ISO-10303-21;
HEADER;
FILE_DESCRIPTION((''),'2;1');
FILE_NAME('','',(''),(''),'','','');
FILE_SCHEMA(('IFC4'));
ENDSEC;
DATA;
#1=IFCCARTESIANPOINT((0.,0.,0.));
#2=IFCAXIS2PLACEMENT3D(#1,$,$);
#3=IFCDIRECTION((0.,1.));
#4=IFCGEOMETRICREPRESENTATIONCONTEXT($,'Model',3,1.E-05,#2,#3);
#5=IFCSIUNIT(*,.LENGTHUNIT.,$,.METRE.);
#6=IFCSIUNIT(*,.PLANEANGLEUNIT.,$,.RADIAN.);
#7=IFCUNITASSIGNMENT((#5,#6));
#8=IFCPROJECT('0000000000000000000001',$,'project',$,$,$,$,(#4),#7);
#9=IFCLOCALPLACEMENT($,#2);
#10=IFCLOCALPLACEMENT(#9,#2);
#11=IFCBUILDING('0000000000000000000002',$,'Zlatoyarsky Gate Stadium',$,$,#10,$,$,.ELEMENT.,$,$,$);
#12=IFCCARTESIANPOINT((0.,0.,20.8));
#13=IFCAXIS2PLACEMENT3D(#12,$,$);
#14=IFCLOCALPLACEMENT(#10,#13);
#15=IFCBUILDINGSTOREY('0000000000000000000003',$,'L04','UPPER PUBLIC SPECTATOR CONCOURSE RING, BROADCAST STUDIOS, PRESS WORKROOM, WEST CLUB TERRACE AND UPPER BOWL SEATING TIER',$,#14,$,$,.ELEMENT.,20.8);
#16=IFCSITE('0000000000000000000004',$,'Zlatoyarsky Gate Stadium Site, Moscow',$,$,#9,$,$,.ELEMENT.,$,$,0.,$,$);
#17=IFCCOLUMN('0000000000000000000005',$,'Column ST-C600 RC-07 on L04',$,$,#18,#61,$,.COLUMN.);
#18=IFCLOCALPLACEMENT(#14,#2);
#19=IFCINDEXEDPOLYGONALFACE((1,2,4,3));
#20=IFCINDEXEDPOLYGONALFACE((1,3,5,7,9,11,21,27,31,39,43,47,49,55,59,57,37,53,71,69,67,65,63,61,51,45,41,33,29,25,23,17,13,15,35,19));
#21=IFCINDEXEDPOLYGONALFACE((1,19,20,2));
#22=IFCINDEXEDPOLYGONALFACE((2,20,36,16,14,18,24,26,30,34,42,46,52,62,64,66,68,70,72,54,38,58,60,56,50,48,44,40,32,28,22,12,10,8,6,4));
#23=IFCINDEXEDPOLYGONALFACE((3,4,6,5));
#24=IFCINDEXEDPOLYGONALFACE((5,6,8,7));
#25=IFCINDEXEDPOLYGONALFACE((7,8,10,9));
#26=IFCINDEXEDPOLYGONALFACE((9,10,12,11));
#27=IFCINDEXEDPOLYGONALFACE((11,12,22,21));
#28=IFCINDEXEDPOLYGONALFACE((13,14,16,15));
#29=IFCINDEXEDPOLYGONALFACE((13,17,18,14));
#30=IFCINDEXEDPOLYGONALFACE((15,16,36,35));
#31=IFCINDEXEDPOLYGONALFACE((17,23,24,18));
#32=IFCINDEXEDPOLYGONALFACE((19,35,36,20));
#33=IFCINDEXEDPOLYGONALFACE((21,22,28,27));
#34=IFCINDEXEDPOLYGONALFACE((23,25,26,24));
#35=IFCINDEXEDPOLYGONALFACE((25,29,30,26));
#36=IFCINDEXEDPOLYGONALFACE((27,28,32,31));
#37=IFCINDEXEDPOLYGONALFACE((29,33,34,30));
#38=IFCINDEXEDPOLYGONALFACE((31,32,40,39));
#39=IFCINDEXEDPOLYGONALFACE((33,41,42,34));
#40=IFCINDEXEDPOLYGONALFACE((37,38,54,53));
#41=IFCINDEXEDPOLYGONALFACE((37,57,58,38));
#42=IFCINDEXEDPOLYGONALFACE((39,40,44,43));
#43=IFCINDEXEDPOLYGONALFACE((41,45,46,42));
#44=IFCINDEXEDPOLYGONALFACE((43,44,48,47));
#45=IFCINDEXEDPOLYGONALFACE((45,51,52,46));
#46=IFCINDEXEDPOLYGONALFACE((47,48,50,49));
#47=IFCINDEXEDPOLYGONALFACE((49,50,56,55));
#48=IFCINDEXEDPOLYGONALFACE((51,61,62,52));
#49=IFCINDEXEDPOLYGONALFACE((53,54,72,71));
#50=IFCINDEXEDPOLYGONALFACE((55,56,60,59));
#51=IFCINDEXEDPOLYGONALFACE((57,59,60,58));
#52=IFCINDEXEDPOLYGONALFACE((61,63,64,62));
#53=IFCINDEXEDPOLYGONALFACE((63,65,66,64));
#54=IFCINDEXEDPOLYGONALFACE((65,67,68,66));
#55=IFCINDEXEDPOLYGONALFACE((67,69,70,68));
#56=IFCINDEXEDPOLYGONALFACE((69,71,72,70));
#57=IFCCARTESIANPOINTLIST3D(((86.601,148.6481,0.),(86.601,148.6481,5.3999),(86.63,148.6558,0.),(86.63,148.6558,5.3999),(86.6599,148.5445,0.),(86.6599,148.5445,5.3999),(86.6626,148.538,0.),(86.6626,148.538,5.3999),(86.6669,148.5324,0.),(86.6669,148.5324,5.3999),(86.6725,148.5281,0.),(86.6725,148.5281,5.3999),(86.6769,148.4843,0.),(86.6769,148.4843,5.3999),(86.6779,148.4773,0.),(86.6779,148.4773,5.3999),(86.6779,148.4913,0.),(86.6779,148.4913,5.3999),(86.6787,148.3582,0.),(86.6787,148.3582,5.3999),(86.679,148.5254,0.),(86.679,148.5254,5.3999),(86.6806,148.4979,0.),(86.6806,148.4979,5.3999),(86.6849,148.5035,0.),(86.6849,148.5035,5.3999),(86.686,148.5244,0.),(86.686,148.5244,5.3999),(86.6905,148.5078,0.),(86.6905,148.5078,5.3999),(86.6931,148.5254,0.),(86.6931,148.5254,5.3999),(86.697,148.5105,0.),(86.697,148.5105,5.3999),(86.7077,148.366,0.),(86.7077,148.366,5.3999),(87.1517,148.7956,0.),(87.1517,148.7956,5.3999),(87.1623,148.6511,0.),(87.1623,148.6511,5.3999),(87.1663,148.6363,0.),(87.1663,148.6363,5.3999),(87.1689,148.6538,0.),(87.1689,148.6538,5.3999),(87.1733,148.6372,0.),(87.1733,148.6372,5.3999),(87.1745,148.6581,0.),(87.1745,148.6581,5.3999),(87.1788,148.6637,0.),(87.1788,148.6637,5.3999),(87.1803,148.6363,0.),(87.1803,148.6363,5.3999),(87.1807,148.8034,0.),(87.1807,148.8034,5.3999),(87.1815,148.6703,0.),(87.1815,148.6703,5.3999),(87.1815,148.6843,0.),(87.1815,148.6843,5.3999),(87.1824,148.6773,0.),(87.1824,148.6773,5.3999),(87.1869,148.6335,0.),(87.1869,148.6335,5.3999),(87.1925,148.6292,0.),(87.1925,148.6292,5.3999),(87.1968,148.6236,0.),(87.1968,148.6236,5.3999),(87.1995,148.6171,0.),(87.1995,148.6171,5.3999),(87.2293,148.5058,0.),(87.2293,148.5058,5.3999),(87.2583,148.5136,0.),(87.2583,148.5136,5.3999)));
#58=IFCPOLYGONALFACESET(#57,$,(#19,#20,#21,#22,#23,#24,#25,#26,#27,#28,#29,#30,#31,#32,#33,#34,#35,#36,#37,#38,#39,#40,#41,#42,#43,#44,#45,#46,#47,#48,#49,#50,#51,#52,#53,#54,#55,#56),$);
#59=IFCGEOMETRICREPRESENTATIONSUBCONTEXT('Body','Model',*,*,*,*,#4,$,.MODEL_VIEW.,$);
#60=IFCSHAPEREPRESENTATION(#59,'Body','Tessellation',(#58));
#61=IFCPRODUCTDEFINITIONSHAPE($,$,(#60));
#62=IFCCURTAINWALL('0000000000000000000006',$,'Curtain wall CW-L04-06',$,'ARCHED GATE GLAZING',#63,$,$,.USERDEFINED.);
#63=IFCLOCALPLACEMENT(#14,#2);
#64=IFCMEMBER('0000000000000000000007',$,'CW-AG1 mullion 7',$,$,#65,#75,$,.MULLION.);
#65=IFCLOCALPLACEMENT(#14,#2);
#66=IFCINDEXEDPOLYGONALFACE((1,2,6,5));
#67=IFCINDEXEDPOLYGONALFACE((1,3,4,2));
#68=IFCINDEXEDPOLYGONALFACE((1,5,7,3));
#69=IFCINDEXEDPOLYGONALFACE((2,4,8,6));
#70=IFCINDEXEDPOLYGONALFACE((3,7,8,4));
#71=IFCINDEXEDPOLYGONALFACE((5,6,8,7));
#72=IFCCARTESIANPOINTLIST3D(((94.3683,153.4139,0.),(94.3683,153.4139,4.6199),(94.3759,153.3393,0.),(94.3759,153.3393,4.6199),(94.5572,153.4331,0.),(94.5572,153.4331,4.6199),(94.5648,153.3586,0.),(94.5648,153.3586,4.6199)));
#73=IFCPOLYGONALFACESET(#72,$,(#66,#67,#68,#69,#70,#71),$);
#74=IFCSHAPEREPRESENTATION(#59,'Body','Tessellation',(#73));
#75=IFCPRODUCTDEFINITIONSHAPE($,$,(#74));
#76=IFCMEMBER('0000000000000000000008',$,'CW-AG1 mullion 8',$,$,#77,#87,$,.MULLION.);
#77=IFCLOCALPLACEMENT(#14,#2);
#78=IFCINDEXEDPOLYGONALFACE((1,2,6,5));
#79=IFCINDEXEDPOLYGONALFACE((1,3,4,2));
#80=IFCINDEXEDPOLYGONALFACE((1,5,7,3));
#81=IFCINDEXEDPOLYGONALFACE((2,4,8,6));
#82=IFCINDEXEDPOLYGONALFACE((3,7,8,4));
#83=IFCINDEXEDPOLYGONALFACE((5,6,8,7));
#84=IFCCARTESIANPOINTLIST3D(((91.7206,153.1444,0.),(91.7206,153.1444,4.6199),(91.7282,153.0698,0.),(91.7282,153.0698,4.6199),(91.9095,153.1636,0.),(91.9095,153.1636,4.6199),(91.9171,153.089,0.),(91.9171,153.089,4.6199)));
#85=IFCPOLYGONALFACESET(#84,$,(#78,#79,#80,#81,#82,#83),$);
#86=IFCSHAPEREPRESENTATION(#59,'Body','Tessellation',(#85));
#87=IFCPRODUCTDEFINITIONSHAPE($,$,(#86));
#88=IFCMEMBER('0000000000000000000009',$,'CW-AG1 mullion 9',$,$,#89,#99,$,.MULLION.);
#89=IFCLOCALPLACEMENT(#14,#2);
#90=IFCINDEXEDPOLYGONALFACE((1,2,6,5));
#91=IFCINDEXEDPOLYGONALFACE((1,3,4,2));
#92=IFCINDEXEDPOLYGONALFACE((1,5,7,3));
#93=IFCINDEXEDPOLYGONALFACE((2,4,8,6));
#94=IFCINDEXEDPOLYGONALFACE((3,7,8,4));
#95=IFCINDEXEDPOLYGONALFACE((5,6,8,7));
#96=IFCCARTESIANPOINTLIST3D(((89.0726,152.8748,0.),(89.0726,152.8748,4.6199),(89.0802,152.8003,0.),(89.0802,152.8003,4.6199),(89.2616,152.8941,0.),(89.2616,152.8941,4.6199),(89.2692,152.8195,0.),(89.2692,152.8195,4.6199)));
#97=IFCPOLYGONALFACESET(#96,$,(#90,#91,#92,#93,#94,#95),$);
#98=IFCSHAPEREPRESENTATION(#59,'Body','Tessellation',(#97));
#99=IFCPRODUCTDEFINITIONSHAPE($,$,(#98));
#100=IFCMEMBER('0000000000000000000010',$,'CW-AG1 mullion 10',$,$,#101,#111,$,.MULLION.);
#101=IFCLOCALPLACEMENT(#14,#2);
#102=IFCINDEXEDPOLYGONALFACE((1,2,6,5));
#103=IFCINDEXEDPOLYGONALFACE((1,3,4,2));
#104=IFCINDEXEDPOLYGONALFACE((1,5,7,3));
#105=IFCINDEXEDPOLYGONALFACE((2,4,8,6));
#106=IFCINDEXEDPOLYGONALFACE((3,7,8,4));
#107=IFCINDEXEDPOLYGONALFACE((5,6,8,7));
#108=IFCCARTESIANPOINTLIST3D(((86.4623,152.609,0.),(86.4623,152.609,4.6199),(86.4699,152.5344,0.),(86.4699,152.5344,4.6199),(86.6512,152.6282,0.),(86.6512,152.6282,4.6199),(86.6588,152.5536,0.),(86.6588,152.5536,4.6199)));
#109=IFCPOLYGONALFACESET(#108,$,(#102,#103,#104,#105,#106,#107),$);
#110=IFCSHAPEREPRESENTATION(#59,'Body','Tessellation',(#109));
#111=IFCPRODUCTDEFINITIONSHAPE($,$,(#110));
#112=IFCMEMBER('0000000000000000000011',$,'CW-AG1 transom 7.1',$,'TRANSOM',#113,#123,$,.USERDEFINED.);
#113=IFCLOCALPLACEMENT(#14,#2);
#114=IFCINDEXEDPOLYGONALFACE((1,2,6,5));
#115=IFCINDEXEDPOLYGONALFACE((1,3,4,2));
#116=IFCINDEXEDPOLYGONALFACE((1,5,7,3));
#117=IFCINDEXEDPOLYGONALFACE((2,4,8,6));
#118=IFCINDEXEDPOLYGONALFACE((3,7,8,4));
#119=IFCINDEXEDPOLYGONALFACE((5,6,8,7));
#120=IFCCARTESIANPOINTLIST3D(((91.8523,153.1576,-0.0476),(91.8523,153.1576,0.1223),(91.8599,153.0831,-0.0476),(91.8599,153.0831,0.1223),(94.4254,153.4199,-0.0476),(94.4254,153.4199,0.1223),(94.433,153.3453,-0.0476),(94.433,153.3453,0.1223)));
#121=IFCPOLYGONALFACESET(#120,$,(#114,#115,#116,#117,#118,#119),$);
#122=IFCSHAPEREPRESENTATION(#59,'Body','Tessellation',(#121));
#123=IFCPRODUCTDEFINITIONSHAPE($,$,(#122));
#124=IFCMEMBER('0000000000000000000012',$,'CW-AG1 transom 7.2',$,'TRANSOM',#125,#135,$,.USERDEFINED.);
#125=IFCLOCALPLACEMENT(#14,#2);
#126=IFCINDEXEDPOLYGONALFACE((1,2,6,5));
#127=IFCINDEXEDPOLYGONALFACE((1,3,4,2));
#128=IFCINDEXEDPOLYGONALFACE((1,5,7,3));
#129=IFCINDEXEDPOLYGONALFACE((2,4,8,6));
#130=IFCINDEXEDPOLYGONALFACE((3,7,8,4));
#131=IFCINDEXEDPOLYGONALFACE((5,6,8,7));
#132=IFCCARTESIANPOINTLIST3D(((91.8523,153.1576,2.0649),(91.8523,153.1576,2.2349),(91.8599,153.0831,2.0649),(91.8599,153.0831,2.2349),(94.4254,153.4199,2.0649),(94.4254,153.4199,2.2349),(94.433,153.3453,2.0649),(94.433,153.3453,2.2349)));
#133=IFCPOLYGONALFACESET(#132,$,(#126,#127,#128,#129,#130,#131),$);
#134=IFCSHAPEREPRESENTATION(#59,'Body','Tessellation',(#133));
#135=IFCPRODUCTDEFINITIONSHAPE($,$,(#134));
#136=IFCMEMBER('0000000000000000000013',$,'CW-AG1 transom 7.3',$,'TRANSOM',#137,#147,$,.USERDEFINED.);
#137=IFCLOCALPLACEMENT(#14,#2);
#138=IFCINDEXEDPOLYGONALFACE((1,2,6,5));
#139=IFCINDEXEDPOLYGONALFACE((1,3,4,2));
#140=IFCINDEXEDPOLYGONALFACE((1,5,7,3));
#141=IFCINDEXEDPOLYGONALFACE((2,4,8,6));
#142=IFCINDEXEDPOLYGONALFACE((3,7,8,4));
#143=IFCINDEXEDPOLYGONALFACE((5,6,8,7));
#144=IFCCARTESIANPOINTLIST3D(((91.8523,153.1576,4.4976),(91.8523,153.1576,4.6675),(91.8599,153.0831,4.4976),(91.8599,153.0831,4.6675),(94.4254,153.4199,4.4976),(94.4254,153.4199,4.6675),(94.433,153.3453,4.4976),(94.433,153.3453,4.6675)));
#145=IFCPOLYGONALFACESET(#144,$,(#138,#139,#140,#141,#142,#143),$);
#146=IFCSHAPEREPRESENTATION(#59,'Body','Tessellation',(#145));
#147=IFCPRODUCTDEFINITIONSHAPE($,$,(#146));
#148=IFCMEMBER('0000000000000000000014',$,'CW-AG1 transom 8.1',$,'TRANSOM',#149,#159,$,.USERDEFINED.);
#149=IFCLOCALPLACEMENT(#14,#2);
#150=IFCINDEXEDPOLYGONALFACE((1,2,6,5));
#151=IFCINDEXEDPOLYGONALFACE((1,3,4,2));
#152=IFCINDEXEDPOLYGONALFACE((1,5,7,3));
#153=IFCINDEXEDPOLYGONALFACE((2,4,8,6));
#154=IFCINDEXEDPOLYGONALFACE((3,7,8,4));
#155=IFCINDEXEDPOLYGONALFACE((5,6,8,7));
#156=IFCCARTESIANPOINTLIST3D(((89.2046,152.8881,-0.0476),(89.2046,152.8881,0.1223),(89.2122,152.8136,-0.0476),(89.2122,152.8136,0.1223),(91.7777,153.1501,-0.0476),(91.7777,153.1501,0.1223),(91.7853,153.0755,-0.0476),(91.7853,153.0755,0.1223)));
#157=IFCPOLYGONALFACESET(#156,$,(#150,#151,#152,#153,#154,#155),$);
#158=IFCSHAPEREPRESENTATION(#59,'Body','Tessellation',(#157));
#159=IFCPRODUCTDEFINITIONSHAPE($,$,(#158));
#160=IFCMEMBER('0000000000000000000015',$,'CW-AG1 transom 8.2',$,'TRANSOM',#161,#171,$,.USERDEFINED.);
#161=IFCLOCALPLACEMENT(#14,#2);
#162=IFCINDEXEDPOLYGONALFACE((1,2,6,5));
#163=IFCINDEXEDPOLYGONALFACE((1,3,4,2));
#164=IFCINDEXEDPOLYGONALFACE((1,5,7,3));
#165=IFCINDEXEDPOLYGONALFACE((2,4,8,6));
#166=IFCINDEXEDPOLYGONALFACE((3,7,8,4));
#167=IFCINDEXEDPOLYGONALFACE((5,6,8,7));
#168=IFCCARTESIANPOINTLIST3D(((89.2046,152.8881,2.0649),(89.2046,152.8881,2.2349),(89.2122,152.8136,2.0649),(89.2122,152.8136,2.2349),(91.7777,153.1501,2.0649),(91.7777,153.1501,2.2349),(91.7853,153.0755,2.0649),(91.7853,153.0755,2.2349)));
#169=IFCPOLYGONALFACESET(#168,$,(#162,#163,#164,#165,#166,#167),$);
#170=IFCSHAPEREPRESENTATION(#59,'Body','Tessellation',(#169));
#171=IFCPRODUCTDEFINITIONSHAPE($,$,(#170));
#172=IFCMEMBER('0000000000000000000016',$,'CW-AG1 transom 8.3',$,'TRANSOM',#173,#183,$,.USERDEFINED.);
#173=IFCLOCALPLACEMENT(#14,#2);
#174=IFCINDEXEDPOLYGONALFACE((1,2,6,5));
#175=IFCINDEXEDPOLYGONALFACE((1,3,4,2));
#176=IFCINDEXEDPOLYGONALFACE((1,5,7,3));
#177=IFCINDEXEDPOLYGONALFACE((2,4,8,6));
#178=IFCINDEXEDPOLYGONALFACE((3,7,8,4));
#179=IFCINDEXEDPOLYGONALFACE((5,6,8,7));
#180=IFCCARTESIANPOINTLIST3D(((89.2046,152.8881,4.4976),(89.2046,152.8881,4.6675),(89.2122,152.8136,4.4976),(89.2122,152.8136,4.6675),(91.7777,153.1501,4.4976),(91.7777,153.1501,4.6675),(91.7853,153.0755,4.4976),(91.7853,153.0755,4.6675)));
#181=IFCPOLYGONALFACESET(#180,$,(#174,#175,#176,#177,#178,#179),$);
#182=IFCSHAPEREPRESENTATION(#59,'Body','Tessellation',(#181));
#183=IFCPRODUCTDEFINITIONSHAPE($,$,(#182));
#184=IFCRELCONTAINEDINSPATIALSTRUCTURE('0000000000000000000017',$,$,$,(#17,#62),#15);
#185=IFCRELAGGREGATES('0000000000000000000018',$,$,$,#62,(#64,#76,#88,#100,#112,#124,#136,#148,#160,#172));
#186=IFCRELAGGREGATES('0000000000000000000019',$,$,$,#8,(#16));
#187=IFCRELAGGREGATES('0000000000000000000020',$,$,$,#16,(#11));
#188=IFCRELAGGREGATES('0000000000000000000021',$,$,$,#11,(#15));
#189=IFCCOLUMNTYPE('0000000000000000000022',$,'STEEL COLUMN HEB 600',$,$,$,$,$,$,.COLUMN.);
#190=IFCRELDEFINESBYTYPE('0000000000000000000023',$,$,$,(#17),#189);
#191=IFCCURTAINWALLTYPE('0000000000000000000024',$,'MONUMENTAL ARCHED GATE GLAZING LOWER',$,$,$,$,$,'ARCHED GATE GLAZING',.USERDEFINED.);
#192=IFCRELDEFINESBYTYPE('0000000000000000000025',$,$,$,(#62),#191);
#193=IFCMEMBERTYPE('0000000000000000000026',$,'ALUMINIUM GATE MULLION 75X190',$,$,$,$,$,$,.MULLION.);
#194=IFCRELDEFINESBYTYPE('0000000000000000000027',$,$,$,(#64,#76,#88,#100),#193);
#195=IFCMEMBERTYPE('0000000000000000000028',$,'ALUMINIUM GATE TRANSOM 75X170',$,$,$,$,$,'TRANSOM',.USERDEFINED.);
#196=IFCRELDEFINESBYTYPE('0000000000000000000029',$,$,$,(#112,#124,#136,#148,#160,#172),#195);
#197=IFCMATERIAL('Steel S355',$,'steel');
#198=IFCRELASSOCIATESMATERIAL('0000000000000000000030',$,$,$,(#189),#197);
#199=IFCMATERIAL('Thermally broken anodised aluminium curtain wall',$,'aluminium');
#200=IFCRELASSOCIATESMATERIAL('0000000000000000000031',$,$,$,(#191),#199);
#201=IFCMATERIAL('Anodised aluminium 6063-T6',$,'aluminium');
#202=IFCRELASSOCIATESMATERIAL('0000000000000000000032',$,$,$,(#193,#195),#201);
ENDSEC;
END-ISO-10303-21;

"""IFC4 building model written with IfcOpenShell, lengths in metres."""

from ifc_helpers import new_model, si_unit, direction, frame, origin, origin_2d, place, context, subcontext, project, spatial, rectangle, i_section, extrude, material, material_profile, profile_set, type_object, element, aggregate, save


model = new_model("IFC4")

# Units and contexts
model_context = context("Model", 3, precision=1e-05, world=origin(), true_north=direction((0.0, 1.0)))
body_context = subcontext(model_context, "Body", "Model", "MODEL_VIEW")
ifc_project = project(units=[si_unit("LENGTHUNIT", "METRE"), si_unit("PLANEANGLEUNIT", "RADIAN")], contexts=[model_context])

# Site, building, storey
site_placement = place(None, origin())
site = spatial("IfcSite", under=ifc_project, at=site_placement, Name="Zlatoyarsky Gate Stadium Site, Moscow", CompositionType="ELEMENT", RefElevation=0.0)
building_placement = place(site_placement, origin())
building = spatial("IfcBuilding", under=site, at=building_placement, Name="Zlatoyarsky Gate Stadium", CompositionType="ELEMENT")
storey_placement = place(building_placement, frame((0.0, 0.0, 20.8)))
storey = spatial("IfcBuildingStorey", under=building, at=storey_placement, Name="L04", Description="UPPER PUBLIC SPECTATOR CONCOURSE RING, BROADCAST STUDIOS, PRESS WORKROOM, WEST CLUB TERRACE AND UPPER BOWL SEATING TIER", CompositionType="ELEMENT", Elevation=20.8)

# Column
ifc_material_1 = material(Name="Steel S355", Category="steel")
ifc_material_profile_1 = material_profile(ifc_material_1, i_section(OverallWidth=0.3, OverallDepth=0.6001, WebThickness=0.0154, FlangeThickness=0.03, FilletRadius=0.0271, at=origin_2d()), Name="HEB 600")
ifc_profile_set_1 = profile_set([ifc_material_profile_1], Name="Steel S355")
column_type = type_object("IfcColumnType", Name="STEEL COLUMN HEB 600", PredefinedType="COLUMN", material=ifc_profile_set_1)
column_placement = place(storey_placement, frame((86.9297, 148.5808, 0.0), z_axis=(0.0, 0.0, 1.0), x_axis=(-0.258819, 0.965926, 0.0)))
element("IfcColumn", 1, at=column_placement, inside=storey, type_object=column_type, Name="Column ST-C600 RC-07 on L04", PredefinedType="COLUMN", context=body_context, shape_type="SweptSolid", body=[
    extrude(i_section(OverallWidth=0.3, OverallDepth=0.6001, WebThickness=0.0154, FlangeThickness=0.03, FilletRadius=0.0271, at=origin_2d()), origin(), (0.0, 0.0, 1.0), 5.3999),
])

# Curtain wall, members
ifc_material_2 = material(Name="Thermally broken anodised aluminium curtain wall", Category="aluminium")
curtain_wall_type_1 = type_object("IfcCurtainWallType", Name="MONUMENTAL ARCHED GATE GLAZING LOWER", ElementType="ARCHED GATE GLAZING", PredefinedType="USERDEFINED", material=ifc_material_2)
curtain_wall_1_placement = place(storey_placement, origin())
curtain_wall_1 = element("IfcCurtainWall", 2, at=curtain_wall_1_placement, inside=storey, type_object=curtain_wall_type_1, Name="Curtain wall CW-L04-06", ObjectType="ARCHED GATE GLAZING", PredefinedType="USERDEFINED")
ifc_material_3 = material(Name="Anodised aluminium 6063-T6", Category="aluminium")
ifc_material_profile_2 = material_profile(ifc_material_3, rectangle(XDim=0.075, YDim=0.1899, at=origin_2d()), Name="ALU 75X190")
ifc_profile_set_2 = profile_set([ifc_material_profile_2], Name="Anodised aluminium 6063-T6")
member_type_1 = type_object("IfcMemberType", Name="ALUMINIUM GATE MULLION 75X190", PredefinedType="MULLION", material=ifc_profile_set_2)
member_1_placement = place(storey_placement, frame((94.4666, 153.3862, 0.0), z_axis=(0.0, 0.0, 1.0), x_axis=(0.101293, -0.994857, 0.0)))
member_1 = element("IfcMember", 3, at=member_1_placement, type_object=member_type_1, Name="CW-AG1 mullion 7", PredefinedType="MULLION", context=body_context, shape_type="SweptSolid", body=[
    extrude(rectangle(XDim=0.075, YDim=0.1899, at=origin_2d()), origin(), (0.0, 0.0, 1.0), 4.6199),
])
member_2_placement = place(storey_placement, frame((91.8188, 153.1167, 0.0), z_axis=(0.0, 0.0, 1.0), x_axis=(0.101293, -0.994857, 0.0)))
member_2 = element("IfcMember", 4, at=member_2_placement, type_object=member_type_1, Name="CW-AG1 mullion 8", PredefinedType="MULLION", context=body_context, shape_type="SweptSolid", body=[
    extrude(rectangle(XDim=0.075, YDim=0.1899, at=origin_2d()), origin(), (0.0, 0.0, 1.0), 4.6199),
])
member_3_placement = place(storey_placement, frame((89.1709, 152.8472, 0.0), z_axis=(0.0, 0.0, 1.0), x_axis=(0.101293, -0.994857, 0.0)))
member_3 = element("IfcMember", 5, at=member_3_placement, type_object=member_type_1, Name="CW-AG1 mullion 9", PredefinedType="MULLION", context=body_context, shape_type="SweptSolid", body=[
    extrude(rectangle(XDim=0.075, YDim=0.1899, at=origin_2d()), origin(), (0.0, 0.0, 1.0), 4.6199),
])
member_4_placement = place(storey_placement, frame((86.5605, 152.5813, 0.0), z_axis=(0.0, 0.0, 1.0), x_axis=(0.101293, -0.994857, 0.0)))
member_4 = element("IfcMember", 6, at=member_4_placement, type_object=member_type_1, Name="CW-AG1 mullion 10", PredefinedType="MULLION", context=body_context, shape_type="SweptSolid", body=[
    extrude(rectangle(XDim=0.075, YDim=0.1899, at=origin_2d()), origin(), (0.0, 0.0, 1.0), 4.6199),
])
ifc_material_profile_3 = material_profile(ifc_material_3, rectangle(XDim=0.075, YDim=0.1699, at=origin_2d()), Name="ALU 75X170")
ifc_profile_set_3 = profile_set([ifc_material_profile_3], Name="Anodised aluminium 6063-T6")
member_type_2 = type_object("IfcMemberType", Name="ALUMINIUM GATE TRANSOM 75X170", ElementType="TRANSOM", PredefinedType="USERDEFINED", material=ifc_profile_set_3)
member_5_placement = place(storey_placement, frame((94.4292, 153.3826, 0.0374), z_axis=(-0.994848, -0.101382, 0.0), x_axis=(0.101382, -0.994848, 0.0)))
member_5 = element("IfcMember", 7, at=member_5_placement, type_object=member_type_2, Name="CW-AG1 transom 7.1", ObjectType="TRANSOM", PredefinedType="USERDEFINED", context=body_context, shape_type="SweptSolid", body=[
    extrude(rectangle(XDim=0.075, YDim=0.1699, at=origin_2d()), origin(), (0.0, 0.0, 1.0), 2.5864),
])
member_6_placement = place(storey_placement, frame((94.4292, 153.3826, 2.1499), z_axis=(-0.994848, -0.101382, 0.0), x_axis=(0.101382, -0.994848, 0.0)))
member_6 = element("IfcMember", 8, at=member_6_placement, type_object=member_type_2, Name="CW-AG1 transom 7.2", ObjectType="TRANSOM", PredefinedType="USERDEFINED", context=body_context, shape_type="SweptSolid", body=[
    extrude(rectangle(XDim=0.075, YDim=0.1699, at=origin_2d()), origin(), (0.0, 0.0, 1.0), 2.5864),
])
member_7_placement = place(storey_placement, frame((94.4292, 153.3826, 4.5825), z_axis=(-0.994848, -0.101382, 0.0), x_axis=(0.101382, -0.994848, 0.0)))
member_7 = element("IfcMember", 9, at=member_7_placement, type_object=member_type_2, Name="CW-AG1 transom 7.3", ObjectType="TRANSOM", PredefinedType="USERDEFINED", context=body_context, shape_type="SweptSolid", body=[
    extrude(rectangle(XDim=0.075, YDim=0.1699, at=origin_2d()), origin(), (0.0, 0.0, 1.0), 2.5864),
])
member_8_placement = place(storey_placement, frame((91.7815, 153.1128, 0.0374), z_axis=(-0.994858, -0.101279, 0.0), x_axis=(0.101279, -0.994858, 0.0)))
member_8 = element("IfcMember", 10, at=member_8_placement, type_object=member_type_2, Name="CW-AG1 transom 8.1", ObjectType="TRANSOM", PredefinedType="USERDEFINED", context=body_context, shape_type="SweptSolid", body=[
    extrude(rectangle(XDim=0.075, YDim=0.1699, at=origin_2d()), origin(), (0.0, 0.0, 1.0), 2.5864),
])
member_9_placement = place(storey_placement, frame((91.7815, 153.1128, 2.1499), z_axis=(-0.994858, -0.101279, 0.0), x_axis=(0.101279, -0.994858, 0.0)))
member_9 = element("IfcMember", 11, at=member_9_placement, type_object=member_type_2, Name="CW-AG1 transom 8.2", ObjectType="TRANSOM", PredefinedType="USERDEFINED", context=body_context, shape_type="SweptSolid", body=[
    extrude(rectangle(XDim=0.075, YDim=0.1699, at=origin_2d()), origin(), (0.0, 0.0, 1.0), 2.5864),
])
member_10_placement = place(storey_placement, frame((91.7815, 153.1128, 4.5825), z_axis=(-0.994858, -0.101279, 0.0), x_axis=(0.101279, -0.994858, 0.0)))
member_10 = element("IfcMember", 12, at=member_10_placement, type_object=member_type_2, Name="CW-AG1 transom 8.3", ObjectType="TRANSOM", PredefinedType="USERDEFINED", context=body_context, shape_type="SweptSolid", body=[
    extrude(rectangle(XDim=0.075, YDim=0.1699, at=origin_2d()), origin(), (0.0, 0.0, 1.0), 2.5864),
])

aggregate(curtain_wall_1, [member_1, member_2, member_3, member_4, member_5, member_6, member_7, member_8, member_9, member_10])

save(model, "model.ifc")
